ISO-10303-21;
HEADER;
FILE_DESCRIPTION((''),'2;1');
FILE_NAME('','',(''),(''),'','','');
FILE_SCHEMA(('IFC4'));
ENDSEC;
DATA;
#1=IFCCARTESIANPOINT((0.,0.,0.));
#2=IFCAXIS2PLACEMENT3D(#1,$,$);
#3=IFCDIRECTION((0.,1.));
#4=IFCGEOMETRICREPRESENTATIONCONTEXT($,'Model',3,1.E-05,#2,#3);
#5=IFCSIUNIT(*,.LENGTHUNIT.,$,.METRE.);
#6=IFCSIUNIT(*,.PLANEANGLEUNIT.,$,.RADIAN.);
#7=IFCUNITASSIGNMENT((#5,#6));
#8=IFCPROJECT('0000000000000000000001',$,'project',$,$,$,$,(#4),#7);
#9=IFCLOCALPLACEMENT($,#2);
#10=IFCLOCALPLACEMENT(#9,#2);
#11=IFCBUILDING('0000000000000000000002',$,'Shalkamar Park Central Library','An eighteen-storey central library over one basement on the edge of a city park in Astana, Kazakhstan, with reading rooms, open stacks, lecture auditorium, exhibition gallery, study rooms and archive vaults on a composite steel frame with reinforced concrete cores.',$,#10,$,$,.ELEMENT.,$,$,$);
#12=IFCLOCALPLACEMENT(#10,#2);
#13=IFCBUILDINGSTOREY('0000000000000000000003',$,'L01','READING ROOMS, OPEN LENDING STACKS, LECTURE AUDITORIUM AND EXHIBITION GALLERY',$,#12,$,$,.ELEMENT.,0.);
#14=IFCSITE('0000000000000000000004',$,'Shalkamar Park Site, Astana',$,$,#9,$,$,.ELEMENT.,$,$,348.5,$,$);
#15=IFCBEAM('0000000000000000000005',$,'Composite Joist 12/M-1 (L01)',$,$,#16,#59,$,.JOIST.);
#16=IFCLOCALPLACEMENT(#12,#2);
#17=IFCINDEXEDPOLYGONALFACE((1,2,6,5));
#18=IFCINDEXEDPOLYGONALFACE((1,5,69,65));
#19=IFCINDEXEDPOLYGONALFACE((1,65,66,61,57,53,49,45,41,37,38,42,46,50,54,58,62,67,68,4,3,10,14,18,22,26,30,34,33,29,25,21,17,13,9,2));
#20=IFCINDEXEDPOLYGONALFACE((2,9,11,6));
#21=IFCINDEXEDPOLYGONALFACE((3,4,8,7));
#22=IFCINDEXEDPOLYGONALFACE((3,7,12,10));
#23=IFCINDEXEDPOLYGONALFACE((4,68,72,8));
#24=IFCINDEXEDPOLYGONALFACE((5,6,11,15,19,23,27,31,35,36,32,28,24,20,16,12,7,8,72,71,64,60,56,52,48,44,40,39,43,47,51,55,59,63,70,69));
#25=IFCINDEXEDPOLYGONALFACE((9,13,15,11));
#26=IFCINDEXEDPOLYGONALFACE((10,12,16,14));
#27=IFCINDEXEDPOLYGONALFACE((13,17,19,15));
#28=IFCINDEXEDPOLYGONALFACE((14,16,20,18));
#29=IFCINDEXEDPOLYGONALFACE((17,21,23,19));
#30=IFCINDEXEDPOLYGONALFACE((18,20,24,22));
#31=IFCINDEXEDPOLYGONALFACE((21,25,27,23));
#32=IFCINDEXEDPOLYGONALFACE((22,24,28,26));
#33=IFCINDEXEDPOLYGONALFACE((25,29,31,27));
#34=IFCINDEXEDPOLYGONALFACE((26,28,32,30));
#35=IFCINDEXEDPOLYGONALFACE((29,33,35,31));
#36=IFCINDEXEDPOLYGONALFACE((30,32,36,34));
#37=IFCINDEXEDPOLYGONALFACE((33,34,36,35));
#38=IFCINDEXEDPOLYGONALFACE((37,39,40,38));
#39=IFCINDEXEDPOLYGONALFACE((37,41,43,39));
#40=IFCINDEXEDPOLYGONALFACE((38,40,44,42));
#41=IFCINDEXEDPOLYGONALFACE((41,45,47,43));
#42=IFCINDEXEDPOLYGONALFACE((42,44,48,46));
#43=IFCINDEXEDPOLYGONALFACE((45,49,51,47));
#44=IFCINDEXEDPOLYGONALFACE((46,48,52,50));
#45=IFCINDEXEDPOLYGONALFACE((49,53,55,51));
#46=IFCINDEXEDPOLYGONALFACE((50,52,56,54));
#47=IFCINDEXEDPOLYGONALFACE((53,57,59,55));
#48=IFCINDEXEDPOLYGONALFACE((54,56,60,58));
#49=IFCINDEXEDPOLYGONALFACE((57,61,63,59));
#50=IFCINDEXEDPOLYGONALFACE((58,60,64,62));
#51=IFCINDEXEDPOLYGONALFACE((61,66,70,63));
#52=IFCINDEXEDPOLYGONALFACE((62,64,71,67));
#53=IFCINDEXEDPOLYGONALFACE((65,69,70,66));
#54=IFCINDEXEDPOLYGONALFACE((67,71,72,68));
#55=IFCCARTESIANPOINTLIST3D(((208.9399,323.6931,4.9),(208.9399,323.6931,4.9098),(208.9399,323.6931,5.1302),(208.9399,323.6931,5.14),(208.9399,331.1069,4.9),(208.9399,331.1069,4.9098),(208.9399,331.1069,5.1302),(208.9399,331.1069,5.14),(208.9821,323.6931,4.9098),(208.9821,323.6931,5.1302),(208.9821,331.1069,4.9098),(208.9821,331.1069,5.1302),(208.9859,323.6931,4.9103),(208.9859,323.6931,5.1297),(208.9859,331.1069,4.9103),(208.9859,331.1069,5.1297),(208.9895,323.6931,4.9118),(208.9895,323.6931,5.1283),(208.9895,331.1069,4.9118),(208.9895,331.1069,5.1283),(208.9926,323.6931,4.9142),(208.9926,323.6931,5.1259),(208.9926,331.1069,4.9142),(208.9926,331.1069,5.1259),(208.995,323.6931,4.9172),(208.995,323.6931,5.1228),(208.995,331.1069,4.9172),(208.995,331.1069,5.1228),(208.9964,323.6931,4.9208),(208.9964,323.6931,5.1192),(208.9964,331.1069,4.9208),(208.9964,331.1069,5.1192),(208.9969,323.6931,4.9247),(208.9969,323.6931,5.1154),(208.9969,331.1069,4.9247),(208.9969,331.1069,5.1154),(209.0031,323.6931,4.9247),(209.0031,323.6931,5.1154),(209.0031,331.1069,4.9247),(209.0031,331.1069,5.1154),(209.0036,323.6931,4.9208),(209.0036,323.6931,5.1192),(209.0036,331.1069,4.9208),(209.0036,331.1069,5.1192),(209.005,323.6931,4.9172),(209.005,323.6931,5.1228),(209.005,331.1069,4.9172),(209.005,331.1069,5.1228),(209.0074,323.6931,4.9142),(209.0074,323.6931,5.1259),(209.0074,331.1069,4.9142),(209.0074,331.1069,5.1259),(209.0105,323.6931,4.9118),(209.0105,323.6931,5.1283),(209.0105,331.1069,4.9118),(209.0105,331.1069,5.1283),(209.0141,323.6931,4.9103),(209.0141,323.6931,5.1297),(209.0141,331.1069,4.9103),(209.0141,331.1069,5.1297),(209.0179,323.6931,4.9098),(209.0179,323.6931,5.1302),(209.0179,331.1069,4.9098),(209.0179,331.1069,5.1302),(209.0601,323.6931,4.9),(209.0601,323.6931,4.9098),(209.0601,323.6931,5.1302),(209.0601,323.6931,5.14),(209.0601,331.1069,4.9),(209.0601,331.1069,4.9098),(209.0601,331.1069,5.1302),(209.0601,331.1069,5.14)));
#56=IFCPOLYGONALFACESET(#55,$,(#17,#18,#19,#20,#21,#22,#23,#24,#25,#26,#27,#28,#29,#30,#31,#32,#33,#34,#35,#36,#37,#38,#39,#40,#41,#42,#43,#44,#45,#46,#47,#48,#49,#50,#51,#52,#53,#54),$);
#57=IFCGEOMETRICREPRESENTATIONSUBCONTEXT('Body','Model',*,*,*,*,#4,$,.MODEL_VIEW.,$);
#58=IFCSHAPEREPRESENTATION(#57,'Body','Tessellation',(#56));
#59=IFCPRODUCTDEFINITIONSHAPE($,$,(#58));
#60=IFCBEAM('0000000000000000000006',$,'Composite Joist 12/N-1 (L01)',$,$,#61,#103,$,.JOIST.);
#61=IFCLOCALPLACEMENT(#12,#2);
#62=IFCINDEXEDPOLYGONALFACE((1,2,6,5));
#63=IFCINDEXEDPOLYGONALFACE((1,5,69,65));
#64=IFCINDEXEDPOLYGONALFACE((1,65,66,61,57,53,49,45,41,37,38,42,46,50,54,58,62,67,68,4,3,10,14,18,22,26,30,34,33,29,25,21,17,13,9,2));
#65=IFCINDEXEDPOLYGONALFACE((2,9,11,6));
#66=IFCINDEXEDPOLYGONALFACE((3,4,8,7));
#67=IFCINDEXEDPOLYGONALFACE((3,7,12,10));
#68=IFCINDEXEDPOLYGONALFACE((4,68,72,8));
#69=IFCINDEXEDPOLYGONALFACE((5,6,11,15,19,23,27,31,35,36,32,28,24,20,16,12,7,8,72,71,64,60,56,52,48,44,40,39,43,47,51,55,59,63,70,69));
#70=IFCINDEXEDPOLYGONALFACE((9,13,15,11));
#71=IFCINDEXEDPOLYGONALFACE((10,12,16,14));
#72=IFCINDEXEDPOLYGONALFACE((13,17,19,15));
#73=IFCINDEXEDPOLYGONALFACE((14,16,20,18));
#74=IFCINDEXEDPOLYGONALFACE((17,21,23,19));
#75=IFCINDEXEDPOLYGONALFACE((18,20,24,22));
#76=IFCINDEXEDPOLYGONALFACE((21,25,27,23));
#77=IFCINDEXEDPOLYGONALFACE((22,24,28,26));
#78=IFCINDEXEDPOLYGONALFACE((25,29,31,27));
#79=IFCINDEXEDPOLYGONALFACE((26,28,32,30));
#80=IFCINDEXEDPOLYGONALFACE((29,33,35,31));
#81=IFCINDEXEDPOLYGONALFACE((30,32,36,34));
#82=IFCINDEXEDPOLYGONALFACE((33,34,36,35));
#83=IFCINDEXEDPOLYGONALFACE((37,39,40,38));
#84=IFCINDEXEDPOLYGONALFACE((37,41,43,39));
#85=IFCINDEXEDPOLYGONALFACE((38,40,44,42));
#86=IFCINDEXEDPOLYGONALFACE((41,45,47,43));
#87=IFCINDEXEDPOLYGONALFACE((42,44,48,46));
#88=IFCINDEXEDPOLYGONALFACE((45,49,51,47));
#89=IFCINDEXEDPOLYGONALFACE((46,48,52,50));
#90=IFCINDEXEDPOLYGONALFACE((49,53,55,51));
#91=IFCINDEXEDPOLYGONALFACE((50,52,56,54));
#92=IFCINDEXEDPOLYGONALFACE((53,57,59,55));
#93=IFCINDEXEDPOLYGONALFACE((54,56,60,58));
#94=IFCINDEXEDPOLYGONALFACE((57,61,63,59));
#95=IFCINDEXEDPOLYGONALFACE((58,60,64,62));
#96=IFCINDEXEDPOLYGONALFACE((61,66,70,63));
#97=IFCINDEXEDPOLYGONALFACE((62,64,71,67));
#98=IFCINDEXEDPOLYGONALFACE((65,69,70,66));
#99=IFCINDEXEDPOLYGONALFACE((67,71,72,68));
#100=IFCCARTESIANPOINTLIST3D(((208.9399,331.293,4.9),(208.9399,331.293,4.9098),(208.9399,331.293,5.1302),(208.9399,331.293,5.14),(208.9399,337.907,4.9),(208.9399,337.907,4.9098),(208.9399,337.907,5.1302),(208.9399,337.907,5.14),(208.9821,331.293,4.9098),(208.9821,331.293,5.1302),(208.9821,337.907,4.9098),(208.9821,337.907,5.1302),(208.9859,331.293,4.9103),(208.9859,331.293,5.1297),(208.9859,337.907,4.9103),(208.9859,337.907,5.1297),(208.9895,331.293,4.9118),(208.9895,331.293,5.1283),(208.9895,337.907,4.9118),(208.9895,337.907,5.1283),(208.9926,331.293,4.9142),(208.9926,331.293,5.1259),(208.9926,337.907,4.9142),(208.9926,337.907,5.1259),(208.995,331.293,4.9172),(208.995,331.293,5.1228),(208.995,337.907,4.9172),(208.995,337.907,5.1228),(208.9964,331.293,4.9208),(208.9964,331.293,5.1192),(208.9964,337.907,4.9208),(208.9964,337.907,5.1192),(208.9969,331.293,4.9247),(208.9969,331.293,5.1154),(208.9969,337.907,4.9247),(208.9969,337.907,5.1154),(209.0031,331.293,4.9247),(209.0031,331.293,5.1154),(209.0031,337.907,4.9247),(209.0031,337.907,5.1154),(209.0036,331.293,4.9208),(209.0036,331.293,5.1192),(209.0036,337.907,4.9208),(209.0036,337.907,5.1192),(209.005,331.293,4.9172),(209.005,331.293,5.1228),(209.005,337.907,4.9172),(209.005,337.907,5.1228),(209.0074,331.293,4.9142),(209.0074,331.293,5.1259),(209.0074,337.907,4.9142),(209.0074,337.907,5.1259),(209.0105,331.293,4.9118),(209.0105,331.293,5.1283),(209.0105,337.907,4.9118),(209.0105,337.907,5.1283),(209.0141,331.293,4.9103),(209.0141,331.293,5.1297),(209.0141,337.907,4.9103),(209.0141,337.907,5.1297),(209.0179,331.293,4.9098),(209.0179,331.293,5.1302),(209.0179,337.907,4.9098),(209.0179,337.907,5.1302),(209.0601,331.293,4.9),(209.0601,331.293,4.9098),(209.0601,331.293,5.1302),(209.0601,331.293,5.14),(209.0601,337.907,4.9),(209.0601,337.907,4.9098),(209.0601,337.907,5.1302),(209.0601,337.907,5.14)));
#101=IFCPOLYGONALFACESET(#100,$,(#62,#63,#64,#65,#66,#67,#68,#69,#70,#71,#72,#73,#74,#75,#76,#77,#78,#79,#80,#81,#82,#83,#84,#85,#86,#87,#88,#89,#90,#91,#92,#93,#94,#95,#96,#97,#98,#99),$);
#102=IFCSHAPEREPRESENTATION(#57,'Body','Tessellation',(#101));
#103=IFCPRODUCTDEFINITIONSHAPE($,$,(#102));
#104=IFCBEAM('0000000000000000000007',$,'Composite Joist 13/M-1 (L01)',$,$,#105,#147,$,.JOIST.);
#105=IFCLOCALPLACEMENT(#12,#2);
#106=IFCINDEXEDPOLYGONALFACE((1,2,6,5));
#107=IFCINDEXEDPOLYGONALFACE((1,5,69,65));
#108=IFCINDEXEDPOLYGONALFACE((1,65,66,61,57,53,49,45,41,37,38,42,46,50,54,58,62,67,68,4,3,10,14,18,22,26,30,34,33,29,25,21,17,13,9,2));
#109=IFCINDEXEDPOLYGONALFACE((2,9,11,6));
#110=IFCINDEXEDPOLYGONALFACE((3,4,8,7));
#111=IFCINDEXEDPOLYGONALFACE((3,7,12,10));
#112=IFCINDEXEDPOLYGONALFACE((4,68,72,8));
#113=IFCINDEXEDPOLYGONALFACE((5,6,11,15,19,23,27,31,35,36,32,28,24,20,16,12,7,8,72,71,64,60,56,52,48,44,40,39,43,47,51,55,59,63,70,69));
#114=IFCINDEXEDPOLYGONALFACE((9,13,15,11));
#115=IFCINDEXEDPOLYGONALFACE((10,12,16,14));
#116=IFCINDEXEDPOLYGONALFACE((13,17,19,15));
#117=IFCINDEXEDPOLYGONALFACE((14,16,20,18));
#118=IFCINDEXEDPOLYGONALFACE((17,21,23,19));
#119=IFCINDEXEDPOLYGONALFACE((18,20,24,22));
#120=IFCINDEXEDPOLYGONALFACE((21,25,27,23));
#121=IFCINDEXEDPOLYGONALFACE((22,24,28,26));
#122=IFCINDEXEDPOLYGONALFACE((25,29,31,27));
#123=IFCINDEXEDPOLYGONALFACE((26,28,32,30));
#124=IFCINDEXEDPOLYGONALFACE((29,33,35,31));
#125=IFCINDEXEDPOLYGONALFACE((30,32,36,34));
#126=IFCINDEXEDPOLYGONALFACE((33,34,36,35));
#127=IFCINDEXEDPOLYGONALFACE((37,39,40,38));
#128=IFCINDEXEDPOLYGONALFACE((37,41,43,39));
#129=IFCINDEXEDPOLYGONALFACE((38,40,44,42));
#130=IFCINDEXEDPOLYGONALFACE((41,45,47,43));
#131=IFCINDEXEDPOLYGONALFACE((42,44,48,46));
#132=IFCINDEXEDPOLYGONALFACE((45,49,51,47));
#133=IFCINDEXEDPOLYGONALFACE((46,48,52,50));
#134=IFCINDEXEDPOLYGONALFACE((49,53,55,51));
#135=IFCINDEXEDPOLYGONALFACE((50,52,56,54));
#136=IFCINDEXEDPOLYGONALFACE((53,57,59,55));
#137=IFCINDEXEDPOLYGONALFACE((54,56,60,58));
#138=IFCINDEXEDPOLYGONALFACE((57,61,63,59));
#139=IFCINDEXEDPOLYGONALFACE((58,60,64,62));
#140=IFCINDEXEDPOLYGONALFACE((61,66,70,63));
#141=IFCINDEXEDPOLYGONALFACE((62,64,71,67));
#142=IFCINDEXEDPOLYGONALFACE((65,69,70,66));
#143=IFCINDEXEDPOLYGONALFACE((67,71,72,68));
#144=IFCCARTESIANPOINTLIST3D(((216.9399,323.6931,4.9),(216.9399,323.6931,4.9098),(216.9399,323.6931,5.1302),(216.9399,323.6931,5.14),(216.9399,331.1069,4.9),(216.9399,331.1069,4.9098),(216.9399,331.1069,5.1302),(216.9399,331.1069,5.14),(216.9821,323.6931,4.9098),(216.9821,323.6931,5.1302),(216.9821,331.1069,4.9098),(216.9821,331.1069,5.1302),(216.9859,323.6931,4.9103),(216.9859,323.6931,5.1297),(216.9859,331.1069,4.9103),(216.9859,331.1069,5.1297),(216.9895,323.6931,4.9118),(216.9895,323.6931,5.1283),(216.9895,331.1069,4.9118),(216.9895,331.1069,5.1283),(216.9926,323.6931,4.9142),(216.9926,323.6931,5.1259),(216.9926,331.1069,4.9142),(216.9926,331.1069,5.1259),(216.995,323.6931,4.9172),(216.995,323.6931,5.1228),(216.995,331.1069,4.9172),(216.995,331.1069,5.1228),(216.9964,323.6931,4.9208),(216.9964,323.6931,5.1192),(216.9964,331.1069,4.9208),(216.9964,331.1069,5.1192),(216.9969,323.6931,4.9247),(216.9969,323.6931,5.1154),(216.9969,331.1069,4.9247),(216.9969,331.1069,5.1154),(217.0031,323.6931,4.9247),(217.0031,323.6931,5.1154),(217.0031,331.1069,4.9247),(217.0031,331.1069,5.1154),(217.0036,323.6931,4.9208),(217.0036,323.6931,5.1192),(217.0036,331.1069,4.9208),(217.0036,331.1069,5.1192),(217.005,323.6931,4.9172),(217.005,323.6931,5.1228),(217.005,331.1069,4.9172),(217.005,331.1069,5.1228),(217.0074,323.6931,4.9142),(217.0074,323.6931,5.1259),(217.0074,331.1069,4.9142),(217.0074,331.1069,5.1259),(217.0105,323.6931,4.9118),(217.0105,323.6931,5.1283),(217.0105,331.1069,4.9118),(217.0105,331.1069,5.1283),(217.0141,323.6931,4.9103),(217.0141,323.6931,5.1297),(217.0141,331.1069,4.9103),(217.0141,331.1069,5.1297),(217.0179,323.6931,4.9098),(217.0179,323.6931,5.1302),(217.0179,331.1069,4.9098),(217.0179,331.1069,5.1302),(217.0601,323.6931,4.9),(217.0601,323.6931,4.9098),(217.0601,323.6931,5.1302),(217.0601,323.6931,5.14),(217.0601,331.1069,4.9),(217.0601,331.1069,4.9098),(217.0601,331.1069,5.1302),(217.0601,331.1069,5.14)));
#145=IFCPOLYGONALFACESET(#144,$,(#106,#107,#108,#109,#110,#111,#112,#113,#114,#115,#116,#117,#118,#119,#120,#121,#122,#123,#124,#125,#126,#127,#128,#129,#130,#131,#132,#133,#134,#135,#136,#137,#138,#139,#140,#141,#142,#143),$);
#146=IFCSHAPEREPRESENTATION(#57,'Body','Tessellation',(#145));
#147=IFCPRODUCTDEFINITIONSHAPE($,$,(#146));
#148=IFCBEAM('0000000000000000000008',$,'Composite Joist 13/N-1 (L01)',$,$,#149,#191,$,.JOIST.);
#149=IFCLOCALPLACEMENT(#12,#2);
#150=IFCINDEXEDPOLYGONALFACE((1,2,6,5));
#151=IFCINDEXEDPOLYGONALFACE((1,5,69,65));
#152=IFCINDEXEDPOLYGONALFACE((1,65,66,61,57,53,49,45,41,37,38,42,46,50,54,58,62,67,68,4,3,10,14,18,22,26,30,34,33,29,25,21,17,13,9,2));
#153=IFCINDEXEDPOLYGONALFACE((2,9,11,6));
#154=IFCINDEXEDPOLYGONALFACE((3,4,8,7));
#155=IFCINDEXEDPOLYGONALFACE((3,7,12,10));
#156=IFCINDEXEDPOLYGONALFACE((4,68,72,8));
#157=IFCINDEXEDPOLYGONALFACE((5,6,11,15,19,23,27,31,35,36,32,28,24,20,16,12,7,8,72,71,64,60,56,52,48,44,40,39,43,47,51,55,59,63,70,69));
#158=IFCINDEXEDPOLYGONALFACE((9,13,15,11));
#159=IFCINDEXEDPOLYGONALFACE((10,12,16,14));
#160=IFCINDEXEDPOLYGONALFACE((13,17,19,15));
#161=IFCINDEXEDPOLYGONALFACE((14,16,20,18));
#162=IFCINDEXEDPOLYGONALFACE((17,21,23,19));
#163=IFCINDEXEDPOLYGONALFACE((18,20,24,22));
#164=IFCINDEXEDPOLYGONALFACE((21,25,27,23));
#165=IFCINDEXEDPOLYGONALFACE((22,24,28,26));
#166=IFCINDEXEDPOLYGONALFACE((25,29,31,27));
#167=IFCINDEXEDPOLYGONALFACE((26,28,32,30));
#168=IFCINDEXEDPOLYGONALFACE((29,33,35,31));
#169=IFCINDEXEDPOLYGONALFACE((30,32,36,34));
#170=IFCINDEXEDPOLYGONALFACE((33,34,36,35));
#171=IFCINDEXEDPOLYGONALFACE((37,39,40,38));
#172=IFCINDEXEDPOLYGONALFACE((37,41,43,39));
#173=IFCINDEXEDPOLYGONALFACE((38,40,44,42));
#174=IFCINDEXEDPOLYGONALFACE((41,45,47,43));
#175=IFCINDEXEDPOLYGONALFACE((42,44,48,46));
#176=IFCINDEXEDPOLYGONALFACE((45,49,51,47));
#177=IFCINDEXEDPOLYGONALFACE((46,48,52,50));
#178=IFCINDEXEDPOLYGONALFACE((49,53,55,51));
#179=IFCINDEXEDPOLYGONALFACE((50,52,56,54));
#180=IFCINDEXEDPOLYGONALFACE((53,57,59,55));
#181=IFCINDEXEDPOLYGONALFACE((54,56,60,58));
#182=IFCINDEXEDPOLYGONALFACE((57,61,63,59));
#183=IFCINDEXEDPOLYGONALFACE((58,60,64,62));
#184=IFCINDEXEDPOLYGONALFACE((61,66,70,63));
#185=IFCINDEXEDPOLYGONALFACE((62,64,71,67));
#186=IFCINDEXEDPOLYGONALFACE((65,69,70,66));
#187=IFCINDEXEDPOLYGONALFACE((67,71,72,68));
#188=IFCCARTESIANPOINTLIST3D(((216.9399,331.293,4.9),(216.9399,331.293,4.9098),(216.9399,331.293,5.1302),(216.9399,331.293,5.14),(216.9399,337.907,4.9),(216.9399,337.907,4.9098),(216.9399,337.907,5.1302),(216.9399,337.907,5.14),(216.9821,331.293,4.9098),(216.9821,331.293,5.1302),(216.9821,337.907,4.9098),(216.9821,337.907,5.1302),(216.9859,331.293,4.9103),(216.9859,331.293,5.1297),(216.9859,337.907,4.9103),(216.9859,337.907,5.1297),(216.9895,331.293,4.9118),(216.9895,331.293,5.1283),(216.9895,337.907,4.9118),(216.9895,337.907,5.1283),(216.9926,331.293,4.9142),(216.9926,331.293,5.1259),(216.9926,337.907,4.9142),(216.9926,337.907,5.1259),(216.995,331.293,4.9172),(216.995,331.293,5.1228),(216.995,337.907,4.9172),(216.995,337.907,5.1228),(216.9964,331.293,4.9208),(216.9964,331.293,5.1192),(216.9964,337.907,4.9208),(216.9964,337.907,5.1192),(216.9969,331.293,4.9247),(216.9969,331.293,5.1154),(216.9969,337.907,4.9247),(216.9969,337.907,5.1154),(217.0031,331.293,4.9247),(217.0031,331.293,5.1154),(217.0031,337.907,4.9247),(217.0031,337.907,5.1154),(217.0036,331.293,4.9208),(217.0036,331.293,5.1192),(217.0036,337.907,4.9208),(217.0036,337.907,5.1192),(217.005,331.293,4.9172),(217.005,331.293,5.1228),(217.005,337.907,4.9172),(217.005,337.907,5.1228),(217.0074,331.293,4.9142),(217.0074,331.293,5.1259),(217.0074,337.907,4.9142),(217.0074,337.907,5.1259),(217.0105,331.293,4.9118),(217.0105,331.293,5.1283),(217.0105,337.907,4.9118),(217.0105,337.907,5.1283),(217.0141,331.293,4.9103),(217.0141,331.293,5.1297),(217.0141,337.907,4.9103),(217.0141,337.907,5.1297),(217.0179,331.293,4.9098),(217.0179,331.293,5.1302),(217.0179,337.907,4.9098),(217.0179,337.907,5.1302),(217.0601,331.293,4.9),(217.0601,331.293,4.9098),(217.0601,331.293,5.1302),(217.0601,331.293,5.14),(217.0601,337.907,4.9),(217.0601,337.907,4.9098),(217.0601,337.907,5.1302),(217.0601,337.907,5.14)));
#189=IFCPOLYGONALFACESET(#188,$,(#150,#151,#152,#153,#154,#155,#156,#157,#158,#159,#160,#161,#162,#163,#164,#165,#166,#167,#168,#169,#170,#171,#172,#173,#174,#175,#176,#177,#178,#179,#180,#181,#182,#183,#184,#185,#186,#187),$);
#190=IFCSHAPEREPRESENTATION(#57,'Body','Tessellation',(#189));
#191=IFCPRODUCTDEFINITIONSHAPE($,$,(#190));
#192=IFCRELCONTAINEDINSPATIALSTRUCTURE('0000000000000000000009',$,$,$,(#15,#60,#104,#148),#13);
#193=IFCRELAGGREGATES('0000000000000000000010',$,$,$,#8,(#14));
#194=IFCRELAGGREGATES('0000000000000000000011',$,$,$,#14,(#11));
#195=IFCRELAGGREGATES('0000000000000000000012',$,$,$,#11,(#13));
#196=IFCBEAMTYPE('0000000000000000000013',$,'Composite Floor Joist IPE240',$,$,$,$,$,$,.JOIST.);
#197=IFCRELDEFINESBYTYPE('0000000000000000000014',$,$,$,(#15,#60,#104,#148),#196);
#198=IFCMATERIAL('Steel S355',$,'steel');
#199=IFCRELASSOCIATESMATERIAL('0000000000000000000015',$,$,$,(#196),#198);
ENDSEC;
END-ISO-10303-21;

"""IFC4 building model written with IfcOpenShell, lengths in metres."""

from ifc_helpers import new_model, si_unit, direction, frame, origin, origin_2d, place, context, subcontext, project, spatial, i_section, extrude, material, material_profile, profile_set, type_object, element, save


model = new_model("IFC4")

# Units and contexts
model_context = context("Model", 3, precision=1e-05, world=origin(), true_north=direction((0.0, 1.0)))
body_context = subcontext(model_context, "Body", "Model", "MODEL_VIEW")
ifc_project = project(units=[si_unit("LENGTHUNIT", "METRE"), si_unit("PLANEANGLEUNIT", "RADIAN")], contexts=[model_context])

# Site, building, storey
site_placement = place(None, origin())
site = spatial("IfcSite", under=ifc_project, at=site_placement, Name="Shalkamar Park Site, Astana", CompositionType="ELEMENT", RefElevation=348.5)
building_placement = place(site_placement, origin())
building = spatial("IfcBuilding", under=site, at=building_placement, Name="Shalkamar Park Central Library", Description="An eighteen-storey central library over one basement on the edge of a city park in Astana, Kazakhstan, with reading rooms, open stacks, lecture auditorium, exhibition gallery, study rooms and archive vaults on a composite steel frame with reinforced concrete cores.", CompositionType="ELEMENT")
storey_placement = place(building_placement, origin())
storey = spatial("IfcBuildingStorey", under=building, at=storey_placement, Name="L01", Description="READING ROOMS, OPEN LENDING STACKS, LECTURE AUDITORIUM AND EXHIBITION GALLERY", CompositionType="ELEMENT", Elevation=0.0)

# Shared definitions
ifc_material_1 = material(Name="Steel S355", Category="steel")

# Beams
ifc_material_profile_1 = material_profile(ifc_material_1, i_section(OverallWidth=0.1201, OverallDepth=0.24, WebThickness=0.0061, FlangeThickness=0.0098, FilletRadius=0.0149, at=origin_2d()), Name="IPE 240")
ifc_profile_set_1 = profile_set([ifc_material_profile_1], Name="Steel S355")
beam_type_1 = type_object("IfcBeamType", Name="Composite Floor Joist IPE240", PredefinedType="JOIST", material=ifc_profile_set_1)
beam_1_placement = place(storey_placement, frame((209.0, 323.6931, 5.02), z_axis=(0.0, 1.0, 0.0), x_axis=(-1.0, 0.0, 0.0)))
element("IfcBeam", 1, at=beam_1_placement, inside=storey, type_object=beam_type_1, Name="Composite Joist 12/M-1 (L01)", PredefinedType="JOIST", context=body_context, shape_type="SweptSolid", body=[
    extrude(i_section(OverallWidth=0.1201, OverallDepth=0.24, WebThickness=0.0061, FlangeThickness=0.0098, FilletRadius=0.0149, at=origin_2d()), origin(), (0.0, 0.0, 1.0), 7.4138),
])
beam_2_placement = place(storey_placement, frame((209.0, 331.293, 5.02), z_axis=(0.0, 1.0, 0.0), x_axis=(-1.0, 0.0, 0.0)))
element("IfcBeam", 2, at=beam_2_placement, inside=storey, type_object=beam_type_1, Name="Composite Joist 12/N-1 (L01)", PredefinedType="JOIST", context=body_context, shape_type="SweptSolid", body=[
    extrude(i_section(OverallWidth=0.1201, OverallDepth=0.24, WebThickness=0.0061, FlangeThickness=0.0098, FilletRadius=0.0149, at=origin_2d()), origin(), (0.0, 0.0, 1.0), 6.614),
])
beam_3_placement = place(storey_placement, frame((217.0, 323.6931, 5.02), z_axis=(0.0, 1.0, 0.0), x_axis=(-1.0, 0.0, 0.0)))
element("IfcBeam", 3, at=beam_3_placement, inside=storey, type_object=beam_type_1, Name="Composite Joist 13/M-1 (L01)", PredefinedType="JOIST", context=body_context, shape_type="SweptSolid", body=[
    extrude(i_section(OverallWidth=0.1201, OverallDepth=0.24, WebThickness=0.0061, FlangeThickness=0.0098, FilletRadius=0.0149, at=origin_2d()), origin(), (0.0, 0.0, 1.0), 7.4138),
])
beam_4_placement = place(storey_placement, frame((217.0, 331.293, 5.02), z_axis=(0.0, 1.0, 0.0), x_axis=(-1.0, 0.0, 0.0)))
element("IfcBeam", 4, at=beam_4_placement, inside=storey, type_object=beam_type_1, Name="Composite Joist 13/N-1 (L01)", PredefinedType="JOIST", context=body_context, shape_type="SweptSolid", body=[
    extrude(i_section(OverallWidth=0.1201, OverallDepth=0.24, WebThickness=0.0061, FlangeThickness=0.0098, FilletRadius=0.0149, at=origin_2d()), origin(), (0.0, 0.0, 1.0), 6.614),
])

save(model, "model.ifc")
